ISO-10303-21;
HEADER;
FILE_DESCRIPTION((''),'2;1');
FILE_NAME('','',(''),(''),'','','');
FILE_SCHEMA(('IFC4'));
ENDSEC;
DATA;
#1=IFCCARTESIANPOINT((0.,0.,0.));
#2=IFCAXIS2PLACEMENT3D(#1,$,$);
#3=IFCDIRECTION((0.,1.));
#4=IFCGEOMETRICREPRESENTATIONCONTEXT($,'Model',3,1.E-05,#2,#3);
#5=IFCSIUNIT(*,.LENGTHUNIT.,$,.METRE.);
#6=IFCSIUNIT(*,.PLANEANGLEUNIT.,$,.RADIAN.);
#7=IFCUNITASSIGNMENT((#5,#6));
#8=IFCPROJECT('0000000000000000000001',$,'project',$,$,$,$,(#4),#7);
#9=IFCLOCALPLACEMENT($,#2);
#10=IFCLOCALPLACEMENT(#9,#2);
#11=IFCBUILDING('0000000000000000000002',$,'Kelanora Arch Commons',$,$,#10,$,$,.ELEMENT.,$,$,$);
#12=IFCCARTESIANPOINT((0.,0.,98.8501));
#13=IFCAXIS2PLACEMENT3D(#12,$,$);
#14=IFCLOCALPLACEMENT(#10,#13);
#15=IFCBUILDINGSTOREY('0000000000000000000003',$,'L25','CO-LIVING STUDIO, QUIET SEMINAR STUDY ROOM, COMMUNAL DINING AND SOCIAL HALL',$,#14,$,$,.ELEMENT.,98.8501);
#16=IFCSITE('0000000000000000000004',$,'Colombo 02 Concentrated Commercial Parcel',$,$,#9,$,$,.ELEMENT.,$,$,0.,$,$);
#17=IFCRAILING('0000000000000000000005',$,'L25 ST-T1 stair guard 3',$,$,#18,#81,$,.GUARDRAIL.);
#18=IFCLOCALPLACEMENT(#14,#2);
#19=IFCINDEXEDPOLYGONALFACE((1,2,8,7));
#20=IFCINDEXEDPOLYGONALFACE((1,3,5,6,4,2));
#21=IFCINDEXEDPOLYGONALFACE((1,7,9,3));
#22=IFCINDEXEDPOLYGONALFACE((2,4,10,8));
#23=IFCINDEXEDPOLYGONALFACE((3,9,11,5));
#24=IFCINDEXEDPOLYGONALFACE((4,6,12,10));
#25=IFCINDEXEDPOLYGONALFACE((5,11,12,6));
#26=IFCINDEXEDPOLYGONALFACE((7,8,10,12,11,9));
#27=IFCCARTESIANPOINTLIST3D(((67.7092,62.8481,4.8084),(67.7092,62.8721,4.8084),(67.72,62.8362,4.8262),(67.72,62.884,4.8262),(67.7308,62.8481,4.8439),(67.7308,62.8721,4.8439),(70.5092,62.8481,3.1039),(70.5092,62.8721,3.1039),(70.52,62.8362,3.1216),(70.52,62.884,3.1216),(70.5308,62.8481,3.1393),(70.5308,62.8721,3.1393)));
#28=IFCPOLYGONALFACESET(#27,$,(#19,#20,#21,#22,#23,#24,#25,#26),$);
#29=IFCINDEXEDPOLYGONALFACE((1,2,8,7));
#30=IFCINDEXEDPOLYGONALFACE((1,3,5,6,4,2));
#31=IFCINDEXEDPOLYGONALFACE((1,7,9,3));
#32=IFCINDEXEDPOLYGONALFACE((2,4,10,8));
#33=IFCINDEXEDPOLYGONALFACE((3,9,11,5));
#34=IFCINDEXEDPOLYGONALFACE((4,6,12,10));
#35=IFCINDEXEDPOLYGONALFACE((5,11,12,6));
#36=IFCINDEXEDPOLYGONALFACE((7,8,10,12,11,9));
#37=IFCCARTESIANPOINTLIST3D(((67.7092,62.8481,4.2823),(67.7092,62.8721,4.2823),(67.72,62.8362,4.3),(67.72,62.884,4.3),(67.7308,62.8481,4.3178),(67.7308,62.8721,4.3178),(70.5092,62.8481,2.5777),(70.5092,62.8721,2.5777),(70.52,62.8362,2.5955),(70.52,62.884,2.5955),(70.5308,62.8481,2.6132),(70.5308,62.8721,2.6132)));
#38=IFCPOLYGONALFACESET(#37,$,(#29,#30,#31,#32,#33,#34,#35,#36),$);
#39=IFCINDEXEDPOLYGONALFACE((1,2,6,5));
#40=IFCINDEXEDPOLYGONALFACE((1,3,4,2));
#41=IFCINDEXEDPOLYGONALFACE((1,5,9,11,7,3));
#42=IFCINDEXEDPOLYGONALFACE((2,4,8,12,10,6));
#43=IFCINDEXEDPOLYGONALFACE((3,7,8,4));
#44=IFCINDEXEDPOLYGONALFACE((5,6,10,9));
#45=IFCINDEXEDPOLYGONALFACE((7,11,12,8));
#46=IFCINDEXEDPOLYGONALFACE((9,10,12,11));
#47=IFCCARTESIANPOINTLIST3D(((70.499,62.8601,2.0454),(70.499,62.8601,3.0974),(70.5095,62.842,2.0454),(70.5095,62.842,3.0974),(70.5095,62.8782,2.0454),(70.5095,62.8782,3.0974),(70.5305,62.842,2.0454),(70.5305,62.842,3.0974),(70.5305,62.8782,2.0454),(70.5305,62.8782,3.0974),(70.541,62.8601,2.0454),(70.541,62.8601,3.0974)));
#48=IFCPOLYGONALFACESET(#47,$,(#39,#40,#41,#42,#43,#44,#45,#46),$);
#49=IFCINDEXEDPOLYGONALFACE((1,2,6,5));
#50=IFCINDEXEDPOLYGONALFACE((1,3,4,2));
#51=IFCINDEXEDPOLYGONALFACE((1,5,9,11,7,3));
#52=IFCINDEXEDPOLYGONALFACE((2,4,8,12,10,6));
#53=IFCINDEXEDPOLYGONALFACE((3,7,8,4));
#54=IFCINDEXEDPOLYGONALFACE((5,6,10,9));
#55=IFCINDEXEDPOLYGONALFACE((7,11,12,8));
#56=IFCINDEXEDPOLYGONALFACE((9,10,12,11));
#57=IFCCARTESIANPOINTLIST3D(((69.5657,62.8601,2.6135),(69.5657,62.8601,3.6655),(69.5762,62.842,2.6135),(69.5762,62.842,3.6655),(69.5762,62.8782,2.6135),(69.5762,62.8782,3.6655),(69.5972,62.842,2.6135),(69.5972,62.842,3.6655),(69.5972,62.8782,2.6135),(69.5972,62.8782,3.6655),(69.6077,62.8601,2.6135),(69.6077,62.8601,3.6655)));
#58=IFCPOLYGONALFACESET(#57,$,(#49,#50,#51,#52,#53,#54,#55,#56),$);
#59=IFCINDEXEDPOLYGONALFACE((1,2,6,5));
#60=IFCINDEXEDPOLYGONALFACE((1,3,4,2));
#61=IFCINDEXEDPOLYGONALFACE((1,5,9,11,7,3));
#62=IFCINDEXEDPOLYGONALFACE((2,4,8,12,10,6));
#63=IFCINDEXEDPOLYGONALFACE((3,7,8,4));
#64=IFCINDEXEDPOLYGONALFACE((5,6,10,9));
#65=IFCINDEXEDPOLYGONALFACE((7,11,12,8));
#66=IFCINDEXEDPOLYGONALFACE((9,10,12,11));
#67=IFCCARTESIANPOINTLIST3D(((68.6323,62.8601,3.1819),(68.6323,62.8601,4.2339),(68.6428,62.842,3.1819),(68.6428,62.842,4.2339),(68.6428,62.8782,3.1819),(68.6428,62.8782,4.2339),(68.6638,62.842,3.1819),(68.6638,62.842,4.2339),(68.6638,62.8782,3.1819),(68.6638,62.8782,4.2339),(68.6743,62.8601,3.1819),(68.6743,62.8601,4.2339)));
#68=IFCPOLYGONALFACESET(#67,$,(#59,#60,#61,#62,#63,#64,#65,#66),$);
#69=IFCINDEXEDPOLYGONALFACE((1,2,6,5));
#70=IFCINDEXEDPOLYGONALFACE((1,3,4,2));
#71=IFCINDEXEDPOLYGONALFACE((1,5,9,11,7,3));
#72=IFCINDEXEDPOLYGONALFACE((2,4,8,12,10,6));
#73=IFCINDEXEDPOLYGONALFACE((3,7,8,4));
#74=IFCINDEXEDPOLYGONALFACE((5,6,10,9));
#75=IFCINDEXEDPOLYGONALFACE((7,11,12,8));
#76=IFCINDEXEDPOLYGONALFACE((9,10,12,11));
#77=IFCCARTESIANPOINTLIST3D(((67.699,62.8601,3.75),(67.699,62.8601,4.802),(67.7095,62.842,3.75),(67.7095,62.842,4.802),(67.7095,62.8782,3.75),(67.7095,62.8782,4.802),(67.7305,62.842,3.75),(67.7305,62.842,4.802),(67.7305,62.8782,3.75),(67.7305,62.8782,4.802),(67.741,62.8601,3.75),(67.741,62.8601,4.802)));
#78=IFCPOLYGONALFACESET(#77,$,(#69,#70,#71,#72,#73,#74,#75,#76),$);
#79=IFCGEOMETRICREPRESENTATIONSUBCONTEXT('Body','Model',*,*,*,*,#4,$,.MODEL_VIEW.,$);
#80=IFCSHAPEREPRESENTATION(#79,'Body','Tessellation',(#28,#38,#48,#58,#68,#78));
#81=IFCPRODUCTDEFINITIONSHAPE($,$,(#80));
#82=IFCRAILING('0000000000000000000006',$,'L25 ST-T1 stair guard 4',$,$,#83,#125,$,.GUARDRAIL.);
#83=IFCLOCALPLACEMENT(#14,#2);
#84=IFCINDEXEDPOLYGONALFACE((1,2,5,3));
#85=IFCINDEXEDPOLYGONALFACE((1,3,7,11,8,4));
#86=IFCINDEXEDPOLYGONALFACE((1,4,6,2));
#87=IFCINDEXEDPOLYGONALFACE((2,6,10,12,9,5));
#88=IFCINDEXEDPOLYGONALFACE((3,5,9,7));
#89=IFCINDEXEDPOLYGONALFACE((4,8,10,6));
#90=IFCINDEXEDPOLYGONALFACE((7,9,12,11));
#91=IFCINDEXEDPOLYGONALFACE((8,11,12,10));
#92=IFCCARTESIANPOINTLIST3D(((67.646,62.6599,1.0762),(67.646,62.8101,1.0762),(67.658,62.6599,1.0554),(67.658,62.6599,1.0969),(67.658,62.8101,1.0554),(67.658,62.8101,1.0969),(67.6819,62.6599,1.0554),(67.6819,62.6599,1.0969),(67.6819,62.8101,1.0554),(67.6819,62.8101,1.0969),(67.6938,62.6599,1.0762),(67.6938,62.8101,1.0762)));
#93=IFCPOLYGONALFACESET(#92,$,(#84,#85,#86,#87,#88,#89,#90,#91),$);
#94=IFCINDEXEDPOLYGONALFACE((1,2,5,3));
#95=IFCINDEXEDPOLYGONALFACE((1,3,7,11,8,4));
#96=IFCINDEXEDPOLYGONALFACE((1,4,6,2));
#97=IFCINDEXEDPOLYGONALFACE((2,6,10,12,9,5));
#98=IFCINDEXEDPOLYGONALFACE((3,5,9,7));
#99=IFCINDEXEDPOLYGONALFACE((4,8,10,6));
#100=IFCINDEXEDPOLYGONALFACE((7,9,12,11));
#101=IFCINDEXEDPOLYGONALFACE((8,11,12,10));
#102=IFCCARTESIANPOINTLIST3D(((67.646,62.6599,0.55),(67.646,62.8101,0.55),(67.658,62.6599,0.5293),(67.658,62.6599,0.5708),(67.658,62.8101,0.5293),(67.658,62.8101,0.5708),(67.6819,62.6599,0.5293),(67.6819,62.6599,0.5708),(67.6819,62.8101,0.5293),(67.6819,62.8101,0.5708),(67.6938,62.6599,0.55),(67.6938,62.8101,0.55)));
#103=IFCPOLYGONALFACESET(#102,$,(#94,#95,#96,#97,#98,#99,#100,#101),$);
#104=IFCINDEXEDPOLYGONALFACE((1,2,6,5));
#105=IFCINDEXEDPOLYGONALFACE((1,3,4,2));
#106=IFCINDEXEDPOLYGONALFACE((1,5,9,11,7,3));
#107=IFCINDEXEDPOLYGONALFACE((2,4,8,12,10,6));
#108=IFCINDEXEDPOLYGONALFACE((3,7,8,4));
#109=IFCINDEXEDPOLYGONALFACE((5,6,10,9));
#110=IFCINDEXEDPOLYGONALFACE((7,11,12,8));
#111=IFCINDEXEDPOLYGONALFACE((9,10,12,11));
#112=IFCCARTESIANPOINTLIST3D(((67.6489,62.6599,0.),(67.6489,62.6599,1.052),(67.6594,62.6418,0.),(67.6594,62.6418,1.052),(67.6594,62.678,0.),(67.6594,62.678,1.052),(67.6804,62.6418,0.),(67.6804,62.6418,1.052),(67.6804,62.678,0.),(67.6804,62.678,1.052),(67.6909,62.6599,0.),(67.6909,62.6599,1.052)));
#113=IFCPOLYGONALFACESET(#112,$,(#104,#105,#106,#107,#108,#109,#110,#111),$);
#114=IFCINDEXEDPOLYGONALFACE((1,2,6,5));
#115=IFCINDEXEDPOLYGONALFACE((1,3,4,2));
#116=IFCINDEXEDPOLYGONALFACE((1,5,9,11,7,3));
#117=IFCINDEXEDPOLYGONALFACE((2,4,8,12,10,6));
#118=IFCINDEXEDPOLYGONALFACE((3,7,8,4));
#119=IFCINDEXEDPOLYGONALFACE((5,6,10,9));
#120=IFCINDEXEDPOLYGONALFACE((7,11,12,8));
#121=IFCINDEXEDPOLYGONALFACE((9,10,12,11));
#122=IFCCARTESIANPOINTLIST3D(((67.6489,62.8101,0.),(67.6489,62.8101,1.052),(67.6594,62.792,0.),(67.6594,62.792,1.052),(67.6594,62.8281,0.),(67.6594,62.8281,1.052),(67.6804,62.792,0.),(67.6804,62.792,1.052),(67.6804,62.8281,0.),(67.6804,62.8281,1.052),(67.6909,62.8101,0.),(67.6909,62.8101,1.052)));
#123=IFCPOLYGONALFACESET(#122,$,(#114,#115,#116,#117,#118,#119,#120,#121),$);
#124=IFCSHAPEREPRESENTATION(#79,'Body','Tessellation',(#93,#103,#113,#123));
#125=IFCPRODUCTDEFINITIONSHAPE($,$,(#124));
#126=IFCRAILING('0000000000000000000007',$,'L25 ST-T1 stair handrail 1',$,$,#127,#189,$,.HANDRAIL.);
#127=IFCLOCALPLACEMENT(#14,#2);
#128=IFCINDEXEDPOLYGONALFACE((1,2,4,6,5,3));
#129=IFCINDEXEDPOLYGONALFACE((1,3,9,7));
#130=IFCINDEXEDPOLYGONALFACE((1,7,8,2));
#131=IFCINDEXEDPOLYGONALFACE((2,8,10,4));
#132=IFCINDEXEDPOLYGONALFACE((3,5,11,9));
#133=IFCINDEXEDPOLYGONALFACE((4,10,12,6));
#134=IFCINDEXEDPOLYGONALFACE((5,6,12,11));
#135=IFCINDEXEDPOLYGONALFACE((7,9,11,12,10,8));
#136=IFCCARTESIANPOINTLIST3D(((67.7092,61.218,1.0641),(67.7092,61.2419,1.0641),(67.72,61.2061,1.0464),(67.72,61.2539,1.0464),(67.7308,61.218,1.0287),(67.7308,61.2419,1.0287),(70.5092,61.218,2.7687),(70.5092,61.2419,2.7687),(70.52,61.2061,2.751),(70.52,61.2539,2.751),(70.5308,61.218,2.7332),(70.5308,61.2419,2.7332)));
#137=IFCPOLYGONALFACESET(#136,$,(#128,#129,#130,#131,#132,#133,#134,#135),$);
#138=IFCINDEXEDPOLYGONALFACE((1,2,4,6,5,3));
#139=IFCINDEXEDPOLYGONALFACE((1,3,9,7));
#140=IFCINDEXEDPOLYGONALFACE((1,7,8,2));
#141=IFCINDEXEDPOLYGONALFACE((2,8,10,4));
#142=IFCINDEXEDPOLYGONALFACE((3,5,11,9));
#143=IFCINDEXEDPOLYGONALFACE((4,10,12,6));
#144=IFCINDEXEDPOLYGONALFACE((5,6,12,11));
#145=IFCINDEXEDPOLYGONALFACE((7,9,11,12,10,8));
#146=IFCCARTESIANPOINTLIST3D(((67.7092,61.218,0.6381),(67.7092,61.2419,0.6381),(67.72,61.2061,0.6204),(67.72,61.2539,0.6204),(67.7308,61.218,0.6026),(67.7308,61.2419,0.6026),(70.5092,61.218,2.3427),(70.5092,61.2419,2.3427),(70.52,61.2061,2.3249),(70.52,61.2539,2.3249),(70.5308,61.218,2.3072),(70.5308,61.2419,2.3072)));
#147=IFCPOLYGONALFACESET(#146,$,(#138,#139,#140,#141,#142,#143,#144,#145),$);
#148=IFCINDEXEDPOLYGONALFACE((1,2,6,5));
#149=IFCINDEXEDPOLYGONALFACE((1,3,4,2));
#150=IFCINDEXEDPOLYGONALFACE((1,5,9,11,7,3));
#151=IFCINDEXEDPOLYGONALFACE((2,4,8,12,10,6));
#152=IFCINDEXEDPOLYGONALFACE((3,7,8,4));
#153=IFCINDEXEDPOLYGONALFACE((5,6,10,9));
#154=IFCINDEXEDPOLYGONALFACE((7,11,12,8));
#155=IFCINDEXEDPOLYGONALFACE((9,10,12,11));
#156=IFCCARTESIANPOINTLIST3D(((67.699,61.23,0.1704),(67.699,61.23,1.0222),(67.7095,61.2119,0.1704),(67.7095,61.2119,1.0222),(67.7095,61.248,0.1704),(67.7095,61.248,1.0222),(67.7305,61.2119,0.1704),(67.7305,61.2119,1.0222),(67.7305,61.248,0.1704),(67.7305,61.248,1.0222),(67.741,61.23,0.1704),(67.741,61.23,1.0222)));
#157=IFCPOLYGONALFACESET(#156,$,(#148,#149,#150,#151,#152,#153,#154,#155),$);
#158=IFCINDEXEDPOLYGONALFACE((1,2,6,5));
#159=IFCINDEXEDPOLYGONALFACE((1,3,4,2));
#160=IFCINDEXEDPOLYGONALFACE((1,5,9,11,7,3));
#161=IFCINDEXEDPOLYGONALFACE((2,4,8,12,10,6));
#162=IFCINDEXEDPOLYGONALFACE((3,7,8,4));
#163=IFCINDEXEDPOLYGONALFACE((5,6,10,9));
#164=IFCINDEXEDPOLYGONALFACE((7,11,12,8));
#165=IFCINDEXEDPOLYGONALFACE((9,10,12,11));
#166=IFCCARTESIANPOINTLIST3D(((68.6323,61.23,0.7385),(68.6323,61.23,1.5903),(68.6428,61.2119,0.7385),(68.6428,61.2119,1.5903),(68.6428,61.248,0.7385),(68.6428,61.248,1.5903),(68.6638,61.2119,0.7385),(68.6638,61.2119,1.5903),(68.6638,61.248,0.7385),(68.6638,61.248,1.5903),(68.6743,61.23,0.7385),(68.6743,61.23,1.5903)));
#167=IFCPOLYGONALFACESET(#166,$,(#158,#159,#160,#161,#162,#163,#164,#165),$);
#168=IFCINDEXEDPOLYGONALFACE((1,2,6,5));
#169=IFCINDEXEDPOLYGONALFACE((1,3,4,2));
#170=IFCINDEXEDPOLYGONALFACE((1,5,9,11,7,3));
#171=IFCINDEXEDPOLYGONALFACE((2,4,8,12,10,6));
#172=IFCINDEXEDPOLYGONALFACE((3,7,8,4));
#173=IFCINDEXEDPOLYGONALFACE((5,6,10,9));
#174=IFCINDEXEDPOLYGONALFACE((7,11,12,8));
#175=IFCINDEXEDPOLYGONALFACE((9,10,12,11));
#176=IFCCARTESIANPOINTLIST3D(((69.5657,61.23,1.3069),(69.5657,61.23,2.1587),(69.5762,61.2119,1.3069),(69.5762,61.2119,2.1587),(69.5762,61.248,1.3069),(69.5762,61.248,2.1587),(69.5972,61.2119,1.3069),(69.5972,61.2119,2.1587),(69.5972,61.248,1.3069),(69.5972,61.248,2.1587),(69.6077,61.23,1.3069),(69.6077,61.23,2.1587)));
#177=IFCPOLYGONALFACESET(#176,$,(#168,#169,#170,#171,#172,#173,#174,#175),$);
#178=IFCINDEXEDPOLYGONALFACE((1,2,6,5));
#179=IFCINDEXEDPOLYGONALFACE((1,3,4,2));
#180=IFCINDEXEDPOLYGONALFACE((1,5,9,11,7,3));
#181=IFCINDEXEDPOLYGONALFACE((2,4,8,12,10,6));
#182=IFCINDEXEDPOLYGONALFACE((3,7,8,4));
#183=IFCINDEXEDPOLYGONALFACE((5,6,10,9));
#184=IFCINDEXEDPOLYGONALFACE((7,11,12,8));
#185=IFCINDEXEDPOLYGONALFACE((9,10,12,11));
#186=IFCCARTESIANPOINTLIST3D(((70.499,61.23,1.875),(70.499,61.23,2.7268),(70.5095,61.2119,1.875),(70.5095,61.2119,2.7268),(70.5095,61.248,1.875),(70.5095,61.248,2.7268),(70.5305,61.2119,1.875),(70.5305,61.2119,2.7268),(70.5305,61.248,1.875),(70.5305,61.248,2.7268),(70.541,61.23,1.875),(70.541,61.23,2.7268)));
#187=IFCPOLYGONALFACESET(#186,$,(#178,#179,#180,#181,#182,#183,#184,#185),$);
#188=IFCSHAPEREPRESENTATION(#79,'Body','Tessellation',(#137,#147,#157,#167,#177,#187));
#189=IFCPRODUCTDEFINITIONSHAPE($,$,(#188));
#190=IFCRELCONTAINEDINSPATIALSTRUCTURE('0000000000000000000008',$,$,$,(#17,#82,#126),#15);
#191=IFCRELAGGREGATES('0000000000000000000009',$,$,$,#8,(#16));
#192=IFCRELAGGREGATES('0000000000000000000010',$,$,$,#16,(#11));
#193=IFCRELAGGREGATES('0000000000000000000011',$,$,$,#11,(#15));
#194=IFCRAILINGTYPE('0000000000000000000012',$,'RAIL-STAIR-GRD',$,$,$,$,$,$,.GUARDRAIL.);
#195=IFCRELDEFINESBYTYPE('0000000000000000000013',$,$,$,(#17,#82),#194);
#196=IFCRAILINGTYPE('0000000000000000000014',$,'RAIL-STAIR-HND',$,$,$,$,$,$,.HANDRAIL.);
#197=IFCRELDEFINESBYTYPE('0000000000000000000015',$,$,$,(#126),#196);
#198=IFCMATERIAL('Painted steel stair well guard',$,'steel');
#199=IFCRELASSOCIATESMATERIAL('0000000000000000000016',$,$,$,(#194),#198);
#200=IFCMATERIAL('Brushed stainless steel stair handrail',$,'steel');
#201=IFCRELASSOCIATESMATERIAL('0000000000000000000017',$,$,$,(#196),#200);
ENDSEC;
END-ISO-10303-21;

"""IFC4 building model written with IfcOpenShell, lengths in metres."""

from ifc_helpers import new_model, si_unit, direction, frame, origin, place, context, subcontext, project, spatial, polyline, outline, extrude, material, type_object, element, save


model = new_model("IFC4")

# Units and contexts
model_context = context("Model", 3, precision=1e-05, world=origin(), true_north=direction((0.0, 1.0)))
body_context = subcontext(model_context, "Body", "Model", "MODEL_VIEW")
ifc_project = project(units=[si_unit("LENGTHUNIT", "METRE"), si_unit("PLANEANGLEUNIT", "RADIAN")], contexts=[model_context])

# Site, building, storey
site_placement = place(None, origin())
site = spatial("IfcSite", under=ifc_project, at=site_placement, Name="Colombo 02 Concentrated Commercial Parcel", CompositionType="ELEMENT", RefElevation=0.0)
building_placement = place(site_placement, origin())
building = spatial("IfcBuilding", under=site, at=building_placement, Name="Kelanora Arch Commons", CompositionType="ELEMENT")
storey_placement = place(building_placement, frame((0.0, 0.0, 98.8501)))
storey = spatial("IfcBuildingStorey", under=building, at=storey_placement, Name="L25", Description="CO-LIVING STUDIO, QUIET SEMINAR STUDY ROOM, COMMUNAL DINING AND SOCIAL HALL", CompositionType="ELEMENT", Elevation=98.8501)

# Railings
ifc_material_1 = material(Name="Painted steel stair well guard", Category="steel")
railing_type_1 = type_object("IfcRailingType", Name="RAIL-STAIR-GRD", PredefinedType="GUARDRAIL", material=ifc_material_1)
railing_1_placement = place(storey_placement, frame((70.52, 62.8601, 2.0454)))
element("IfcRailing", 1, at=railing_1_placement, inside=storey, type_object=railing_type_1, Name="L25 ST-T1 stair guard 3", PredefinedType="GUARDRAIL", context=body_context, shape_type="SweptSolid", body=[
    extrude(outline(polyline([(0.0239, 0.0), (0.012, 0.0208), (-0.012, 0.0208), (-0.0239, 0.0), (-0.012, -0.0208), (0.012, -0.0208), (0.0239, 0.0)])), frame((0.0, 0.0, 1.0762), z_axis=(-0.85417, 0.0, 0.519994), x_axis=(0.0, -1.0, 0.0)), (0.0, 0.0, 1.0), 3.2781),
    extrude(outline(polyline([(0.0239, 0.0), (0.012, 0.0208), (-0.012, 0.0208), (-0.0239, 0.0), (-0.012, -0.0208), (0.012, -0.0208), (0.0239, 0.0)])), frame((0.0, 0.0, 0.55), z_axis=(-0.85417, 0.0, 0.519994), x_axis=(0.0, -1.0, 0.0)), (0.0, 0.0, 1.0), 3.2781),
    extrude(outline(polyline([(0.021, 0.0), (0.0105, 0.0181), (-0.0105, 0.0181), (-0.021, 0.0), (-0.0105, -0.0181), (0.0105, -0.0181), (0.021, 0.0)])), origin(), (0.0, 0.0, 1.0), 1.052),
    extrude(outline(polyline([(0.021, 0.0), (0.0105, 0.0181), (-0.0105, 0.0181), (-0.021, 0.0), (-0.0105, -0.0181), (0.0105, -0.0181), (0.021, 0.0)])), frame((-0.9333, 0.0, 0.5681)), (0.0, 0.0, 1.0), 1.052),
    extrude(outline(polyline([(0.021, 0.0), (0.0105, 0.0181), (-0.0105, 0.0181), (-0.021, 0.0), (-0.0105, -0.0181), (0.0105, -0.0181), (0.021, 0.0)])), frame((-1.8667, 0.0, 1.1365)), (0.0, 0.0, 1.0), 1.052),
    extrude(outline(polyline([(0.021, 0.0), (0.0105, 0.0181), (-0.0105, 0.0181), (-0.021, 0.0), (-0.0105, -0.0181), (0.0105, -0.0181), (0.021, 0.0)])), frame((-2.8, 0.0, 1.7046)), (0.0, 0.0, 1.0), 1.052),
])
railing_2_placement = place(storey_placement, frame((67.6699, 62.6599, 0.0)))
element("IfcRailing", 2, at=railing_2_placement, inside=storey, type_object=railing_type_1, Name="L25 ST-T1 stair guard 4", PredefinedType="GUARDRAIL", context=body_context, shape_type="SweptSolid", body=[
    extrude(outline(polyline([(0.0239, 0.0), (0.012, 0.0208), (-0.012, 0.0208), (-0.0239, 0.0), (-0.012, -0.0208), (0.012, -0.0208), (0.0239, 0.0)])), frame((0.0, 0.0, 1.0762), z_axis=(0.0, 1.0, 0.0), x_axis=(-1.0, 0.0, 0.0)), (0.0, 0.0, 1.0), 0.1501),
    extrude(outline(polyline([(0.0239, 0.0), (0.012, 0.0208), (-0.012, 0.0208), (-0.0239, 0.0), (-0.012, -0.0208), (0.012, -0.0208), (0.0239, 0.0)])), frame((0.0, 0.0, 0.55), z_axis=(0.0, 1.0, 0.0), x_axis=(-1.0, 0.0, 0.0)), (0.0, 0.0, 1.0), 0.1501),
    extrude(outline(polyline([(0.021, 0.0), (0.0105, 0.0181), (-0.0105, 0.0181), (-0.021, 0.0), (-0.0105, -0.0181), (0.0105, -0.0181), (0.021, 0.0)])), origin(), (0.0, 0.0, 1.0), 1.052),
    extrude(outline(polyline([(0.021, 0.0), (0.0105, 0.0181), (-0.0105, 0.0181), (-0.021, 0.0), (-0.0105, -0.0181), (0.0105, -0.0181), (0.021, 0.0)])), frame((0.0, 0.1501, 0.0)), (0.0, 0.0, 1.0), 1.052),
])
ifc_material_2 = material(Name="Brushed stainless steel stair handrail", Category="steel")
railing_type_2 = type_object("IfcRailingType", Name="RAIL-STAIR-HND", PredefinedType="HANDRAIL", material=ifc_material_2)
railing_3_placement = place(storey_placement, frame((67.72, 61.23, 0.1704)))
element("IfcRailing", 3, at=railing_3_placement, inside=storey, type_object=railing_type_2, Name="L25 ST-T1 stair handrail 1", PredefinedType="HANDRAIL", context=body_context, shape_type="SweptSolid", body=[
    extrude(outline(polyline([(0.0239, 0.0), (0.012, 0.0208), (-0.012, 0.0208), (-0.0239, 0.0), (-0.012, -0.0208), (0.012, -0.0208), (0.0239, 0.0)])), frame((0.0, 0.0, 0.876), z_axis=(0.85417, 0.0, 0.519994), x_axis=(0.0, 1.0, 0.0)), (0.0, 0.0, 1.0), 3.2781),
    extrude(outline(polyline([(0.0239, 0.0), (0.012, 0.0208), (-0.012, 0.0208), (-0.0239, 0.0), (-0.012, -0.0208), (0.012, -0.0208), (0.0239, 0.0)])), frame((0.0, 0.0, 0.45), z_axis=(0.85417, 0.0, 0.519994), x_axis=(0.0, 1.0, 0.0)), (0.0, 0.0, 1.0), 3.2781),
    extrude(outline(polyline([(0.021, 0.0), (0.0105, 0.0181), (-0.0105, 0.0181), (-0.021, 0.0), (-0.0105, -0.0181), (0.0105, -0.0181), (0.021, 0.0)])), origin(), (0.0, 0.0, 1.0), 0.8518),
    extrude(outline(polyline([(0.021, 0.0), (0.0105, 0.0181), (-0.0105, 0.0181), (-0.021, 0.0), (-0.0105, -0.0181), (0.0105, -0.0181), (0.021, 0.0)])), frame((0.9333, 0.0, 0.5681)), (0.0, 0.0, 1.0), 0.8518),
    extrude(outline(polyline([(0.021, 0.0), (0.0105, 0.0181), (-0.0105, 0.0181), (-0.021, 0.0), (-0.0105, -0.0181), (0.0105, -0.0181), (0.021, 0.0)])), frame((1.8667, 0.0, 1.1365)), (0.0, 0.0, 1.0), 0.8518),
    extrude(outline(polyline([(0.021, 0.0), (0.0105, 0.0181), (-0.0105, 0.0181), (-0.021, 0.0), (-0.0105, -0.0181), (0.0105, -0.0181), (0.021, 0.0)])), frame((2.8, 0.0, 1.7046)), (0.0, 0.0, 1.0), 0.8518),
])

save(model, "model.ifc")
